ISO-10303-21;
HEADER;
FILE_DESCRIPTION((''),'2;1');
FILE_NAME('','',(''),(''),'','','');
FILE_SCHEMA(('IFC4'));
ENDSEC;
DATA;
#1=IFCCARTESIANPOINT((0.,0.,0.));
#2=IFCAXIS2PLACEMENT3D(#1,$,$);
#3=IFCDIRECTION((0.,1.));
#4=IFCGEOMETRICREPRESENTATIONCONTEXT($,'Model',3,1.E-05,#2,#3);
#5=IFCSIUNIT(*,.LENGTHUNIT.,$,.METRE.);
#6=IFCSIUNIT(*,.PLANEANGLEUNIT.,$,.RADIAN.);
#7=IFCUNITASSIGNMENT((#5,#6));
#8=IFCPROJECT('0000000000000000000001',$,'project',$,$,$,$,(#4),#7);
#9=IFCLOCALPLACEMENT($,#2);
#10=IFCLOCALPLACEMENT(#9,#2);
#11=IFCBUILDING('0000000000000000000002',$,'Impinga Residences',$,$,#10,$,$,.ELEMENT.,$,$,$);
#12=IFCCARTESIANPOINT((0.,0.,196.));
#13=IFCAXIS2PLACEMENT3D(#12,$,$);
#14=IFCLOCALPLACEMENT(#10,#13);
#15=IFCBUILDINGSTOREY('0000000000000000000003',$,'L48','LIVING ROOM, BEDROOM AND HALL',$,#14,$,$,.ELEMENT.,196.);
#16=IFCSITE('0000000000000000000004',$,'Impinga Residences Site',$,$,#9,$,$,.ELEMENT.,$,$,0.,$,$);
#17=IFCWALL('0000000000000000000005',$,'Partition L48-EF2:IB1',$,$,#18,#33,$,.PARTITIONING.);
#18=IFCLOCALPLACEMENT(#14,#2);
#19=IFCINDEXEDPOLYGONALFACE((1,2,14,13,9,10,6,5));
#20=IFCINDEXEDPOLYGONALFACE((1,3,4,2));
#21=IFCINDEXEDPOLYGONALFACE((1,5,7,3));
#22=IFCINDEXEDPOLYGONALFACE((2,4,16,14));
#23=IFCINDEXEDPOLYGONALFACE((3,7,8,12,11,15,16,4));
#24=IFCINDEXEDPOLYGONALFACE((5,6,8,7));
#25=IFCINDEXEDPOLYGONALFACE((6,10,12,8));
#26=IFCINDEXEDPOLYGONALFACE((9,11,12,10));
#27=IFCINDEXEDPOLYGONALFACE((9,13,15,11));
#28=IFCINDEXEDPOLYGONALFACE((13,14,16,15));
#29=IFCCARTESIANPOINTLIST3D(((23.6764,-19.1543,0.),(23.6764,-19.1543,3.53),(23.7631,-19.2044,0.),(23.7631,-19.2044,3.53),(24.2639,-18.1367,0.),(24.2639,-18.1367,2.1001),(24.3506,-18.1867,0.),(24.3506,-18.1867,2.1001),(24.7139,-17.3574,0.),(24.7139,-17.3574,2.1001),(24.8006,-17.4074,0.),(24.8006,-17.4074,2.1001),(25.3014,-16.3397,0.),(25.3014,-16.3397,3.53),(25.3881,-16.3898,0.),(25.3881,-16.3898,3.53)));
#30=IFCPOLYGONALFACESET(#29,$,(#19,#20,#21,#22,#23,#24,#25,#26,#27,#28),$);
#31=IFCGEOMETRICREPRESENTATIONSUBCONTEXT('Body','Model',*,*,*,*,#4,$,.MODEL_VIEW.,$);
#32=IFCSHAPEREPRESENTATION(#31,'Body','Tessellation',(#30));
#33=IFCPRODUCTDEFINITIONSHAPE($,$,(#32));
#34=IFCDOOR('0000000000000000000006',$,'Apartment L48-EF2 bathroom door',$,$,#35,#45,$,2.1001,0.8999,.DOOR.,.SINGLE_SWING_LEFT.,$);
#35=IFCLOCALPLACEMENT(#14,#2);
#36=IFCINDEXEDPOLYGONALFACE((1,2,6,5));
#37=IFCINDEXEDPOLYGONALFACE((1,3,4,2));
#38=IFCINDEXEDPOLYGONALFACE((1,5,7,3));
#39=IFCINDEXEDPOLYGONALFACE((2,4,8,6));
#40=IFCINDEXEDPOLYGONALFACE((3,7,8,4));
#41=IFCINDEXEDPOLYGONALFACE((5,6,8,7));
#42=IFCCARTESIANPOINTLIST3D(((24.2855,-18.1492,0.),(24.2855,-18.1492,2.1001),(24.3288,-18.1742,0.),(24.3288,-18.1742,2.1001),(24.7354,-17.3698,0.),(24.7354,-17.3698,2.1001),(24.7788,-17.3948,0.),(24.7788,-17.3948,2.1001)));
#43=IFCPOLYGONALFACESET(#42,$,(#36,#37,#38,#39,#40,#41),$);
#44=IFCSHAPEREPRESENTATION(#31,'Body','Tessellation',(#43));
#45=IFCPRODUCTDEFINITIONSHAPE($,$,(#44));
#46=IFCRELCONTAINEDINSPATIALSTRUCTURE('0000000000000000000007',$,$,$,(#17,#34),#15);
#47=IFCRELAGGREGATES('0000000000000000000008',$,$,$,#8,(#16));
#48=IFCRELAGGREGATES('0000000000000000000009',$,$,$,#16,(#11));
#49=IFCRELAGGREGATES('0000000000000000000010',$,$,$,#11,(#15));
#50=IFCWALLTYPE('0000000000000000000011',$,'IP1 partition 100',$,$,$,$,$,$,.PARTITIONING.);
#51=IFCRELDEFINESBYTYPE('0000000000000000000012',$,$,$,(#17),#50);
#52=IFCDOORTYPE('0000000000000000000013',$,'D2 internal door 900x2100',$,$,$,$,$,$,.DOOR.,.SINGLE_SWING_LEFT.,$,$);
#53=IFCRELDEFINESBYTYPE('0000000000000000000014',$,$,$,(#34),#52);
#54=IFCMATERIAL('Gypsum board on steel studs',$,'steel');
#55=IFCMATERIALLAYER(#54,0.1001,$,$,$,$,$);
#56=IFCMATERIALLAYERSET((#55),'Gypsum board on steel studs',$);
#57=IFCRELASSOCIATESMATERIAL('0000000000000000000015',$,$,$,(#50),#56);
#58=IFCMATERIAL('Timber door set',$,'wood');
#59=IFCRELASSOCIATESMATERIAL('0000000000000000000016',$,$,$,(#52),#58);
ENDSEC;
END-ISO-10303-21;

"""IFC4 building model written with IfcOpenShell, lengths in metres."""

from ifc_helpers import new_model, si_unit, direction, frame, frame_2d, origin, place, context, subcontext, project, spatial, rectangle, extrude, material, layer, layer_set, type_object, element, fill, save


model = new_model("IFC4")

# Units and contexts
model_context = context("Model", 3, precision=1e-05, world=origin(), true_north=direction((0.0, 1.0)))
body_context = subcontext(model_context, "Body", "Model", "MODEL_VIEW")
ifc_project = project(units=[si_unit("LENGTHUNIT", "METRE"), si_unit("PLANEANGLEUNIT", "RADIAN")], contexts=[model_context])

# Site, building, storey
site_placement = place(None, origin())
site = spatial("IfcSite", under=ifc_project, at=site_placement, Name="Impinga Residences Site", CompositionType="ELEMENT", RefElevation=0.0)
building_placement = place(site_placement, origin())
building = spatial("IfcBuilding", under=site, at=building_placement, Name="Impinga Residences", CompositionType="ELEMENT")
storey_placement = place(building_placement, frame((0.0, 0.0, 196.0)))
storey = spatial("IfcBuildingStorey", under=building, at=storey_placement, Name="L48", Description="LIVING ROOM, BEDROOM AND HALL", CompositionType="ELEMENT", Elevation=196.0)

# Shared definitions
ifc_material_1 = material(Name="Timber door set", Category="wood")

# Shared definitions
ifc_material_2 = material(Name="Gypsum board on steel studs", Category="steel")
ifc_layer_1 = layer(ifc_material_2, 0.1001)
ifc_layer_set_1 = layer_set([ifc_layer_1], Name="Gypsum board on steel studs")
wall_type_1 = type_object("IfcWallType", Name="IP1 partition 100", PredefinedType="PARTITIONING", material=ifc_layer_set_1)

# Shared definitions
door_type_1 = type_object("IfcDoorType", Name="D2 internal door 900x2100", OperationType="SINGLE_SWING_LEFT", PredefinedType="DOOR", material=ifc_material_1)

# Wall, opening, door
wall_1_placement = place(storey_placement, frame((25.3447, -16.3647, 0.0), z_axis=(0.0, 0.0, 1.0), x_axis=(-0.499985, -0.866034, 0.0)))
wall_1 = element("IfcWall", 1, at=wall_1_placement, inside=storey, type_object=wall_type_1, Name="Partition L48-EF2:IB1", PredefinedType="PARTITIONING", context=body_context, shape_type="SweptSolid", body=[
    extrude(rectangle(XDim=3.25, YDim=0.1001, at=frame_2d((1.625, 0.0))), origin(), (0.0, 0.0, 1.0), 3.53),
])
opening_1_placement = place(wall_1_placement, frame((1.175, 0.0, 0.0)))
opening_1 = element("IfcOpeningElement", 2, at=opening_1_placement, cuts=wall_1, PredefinedType="OPENING", context=body_context, shape_type="SweptSolid", body=[
    extrude(rectangle(XDim=0.8999, YDim=2.1001, at=frame_2d((0.45, 1.05))), frame((0.0, 0.0601, 0.0), z_axis=(0.0, -1.0, 0.0), x_axis=(1.0, 0.0, 0.0)), (0.0, 0.0, 1.0), 0.1201),
])
door_1_placement = place(opening_1_placement, origin())
door_1 = element("IfcDoor", 3, at=door_1_placement, inside=storey, type_object=door_type_1, Name="Apartment L48-EF2 bathroom door", OperationType="SINGLE_SWING_LEFT", OverallHeight=2.1001, OverallWidth=0.8999, PredefinedType="DOOR", context=body_context, shape_type="SweptSolid", body=[
    extrude(rectangle(XDim=0.8999, YDim=2.1001, at=frame_2d((0.45, 1.05))), frame((0.0, 0.0249, 0.0), z_axis=(0.0, -1.0, 0.0), x_axis=(1.0, 0.0, 0.0)), (0.0, 0.0, 1.0), 0.05),
])
fill(opening_1, door_1)

save(model, "model.ifc")
